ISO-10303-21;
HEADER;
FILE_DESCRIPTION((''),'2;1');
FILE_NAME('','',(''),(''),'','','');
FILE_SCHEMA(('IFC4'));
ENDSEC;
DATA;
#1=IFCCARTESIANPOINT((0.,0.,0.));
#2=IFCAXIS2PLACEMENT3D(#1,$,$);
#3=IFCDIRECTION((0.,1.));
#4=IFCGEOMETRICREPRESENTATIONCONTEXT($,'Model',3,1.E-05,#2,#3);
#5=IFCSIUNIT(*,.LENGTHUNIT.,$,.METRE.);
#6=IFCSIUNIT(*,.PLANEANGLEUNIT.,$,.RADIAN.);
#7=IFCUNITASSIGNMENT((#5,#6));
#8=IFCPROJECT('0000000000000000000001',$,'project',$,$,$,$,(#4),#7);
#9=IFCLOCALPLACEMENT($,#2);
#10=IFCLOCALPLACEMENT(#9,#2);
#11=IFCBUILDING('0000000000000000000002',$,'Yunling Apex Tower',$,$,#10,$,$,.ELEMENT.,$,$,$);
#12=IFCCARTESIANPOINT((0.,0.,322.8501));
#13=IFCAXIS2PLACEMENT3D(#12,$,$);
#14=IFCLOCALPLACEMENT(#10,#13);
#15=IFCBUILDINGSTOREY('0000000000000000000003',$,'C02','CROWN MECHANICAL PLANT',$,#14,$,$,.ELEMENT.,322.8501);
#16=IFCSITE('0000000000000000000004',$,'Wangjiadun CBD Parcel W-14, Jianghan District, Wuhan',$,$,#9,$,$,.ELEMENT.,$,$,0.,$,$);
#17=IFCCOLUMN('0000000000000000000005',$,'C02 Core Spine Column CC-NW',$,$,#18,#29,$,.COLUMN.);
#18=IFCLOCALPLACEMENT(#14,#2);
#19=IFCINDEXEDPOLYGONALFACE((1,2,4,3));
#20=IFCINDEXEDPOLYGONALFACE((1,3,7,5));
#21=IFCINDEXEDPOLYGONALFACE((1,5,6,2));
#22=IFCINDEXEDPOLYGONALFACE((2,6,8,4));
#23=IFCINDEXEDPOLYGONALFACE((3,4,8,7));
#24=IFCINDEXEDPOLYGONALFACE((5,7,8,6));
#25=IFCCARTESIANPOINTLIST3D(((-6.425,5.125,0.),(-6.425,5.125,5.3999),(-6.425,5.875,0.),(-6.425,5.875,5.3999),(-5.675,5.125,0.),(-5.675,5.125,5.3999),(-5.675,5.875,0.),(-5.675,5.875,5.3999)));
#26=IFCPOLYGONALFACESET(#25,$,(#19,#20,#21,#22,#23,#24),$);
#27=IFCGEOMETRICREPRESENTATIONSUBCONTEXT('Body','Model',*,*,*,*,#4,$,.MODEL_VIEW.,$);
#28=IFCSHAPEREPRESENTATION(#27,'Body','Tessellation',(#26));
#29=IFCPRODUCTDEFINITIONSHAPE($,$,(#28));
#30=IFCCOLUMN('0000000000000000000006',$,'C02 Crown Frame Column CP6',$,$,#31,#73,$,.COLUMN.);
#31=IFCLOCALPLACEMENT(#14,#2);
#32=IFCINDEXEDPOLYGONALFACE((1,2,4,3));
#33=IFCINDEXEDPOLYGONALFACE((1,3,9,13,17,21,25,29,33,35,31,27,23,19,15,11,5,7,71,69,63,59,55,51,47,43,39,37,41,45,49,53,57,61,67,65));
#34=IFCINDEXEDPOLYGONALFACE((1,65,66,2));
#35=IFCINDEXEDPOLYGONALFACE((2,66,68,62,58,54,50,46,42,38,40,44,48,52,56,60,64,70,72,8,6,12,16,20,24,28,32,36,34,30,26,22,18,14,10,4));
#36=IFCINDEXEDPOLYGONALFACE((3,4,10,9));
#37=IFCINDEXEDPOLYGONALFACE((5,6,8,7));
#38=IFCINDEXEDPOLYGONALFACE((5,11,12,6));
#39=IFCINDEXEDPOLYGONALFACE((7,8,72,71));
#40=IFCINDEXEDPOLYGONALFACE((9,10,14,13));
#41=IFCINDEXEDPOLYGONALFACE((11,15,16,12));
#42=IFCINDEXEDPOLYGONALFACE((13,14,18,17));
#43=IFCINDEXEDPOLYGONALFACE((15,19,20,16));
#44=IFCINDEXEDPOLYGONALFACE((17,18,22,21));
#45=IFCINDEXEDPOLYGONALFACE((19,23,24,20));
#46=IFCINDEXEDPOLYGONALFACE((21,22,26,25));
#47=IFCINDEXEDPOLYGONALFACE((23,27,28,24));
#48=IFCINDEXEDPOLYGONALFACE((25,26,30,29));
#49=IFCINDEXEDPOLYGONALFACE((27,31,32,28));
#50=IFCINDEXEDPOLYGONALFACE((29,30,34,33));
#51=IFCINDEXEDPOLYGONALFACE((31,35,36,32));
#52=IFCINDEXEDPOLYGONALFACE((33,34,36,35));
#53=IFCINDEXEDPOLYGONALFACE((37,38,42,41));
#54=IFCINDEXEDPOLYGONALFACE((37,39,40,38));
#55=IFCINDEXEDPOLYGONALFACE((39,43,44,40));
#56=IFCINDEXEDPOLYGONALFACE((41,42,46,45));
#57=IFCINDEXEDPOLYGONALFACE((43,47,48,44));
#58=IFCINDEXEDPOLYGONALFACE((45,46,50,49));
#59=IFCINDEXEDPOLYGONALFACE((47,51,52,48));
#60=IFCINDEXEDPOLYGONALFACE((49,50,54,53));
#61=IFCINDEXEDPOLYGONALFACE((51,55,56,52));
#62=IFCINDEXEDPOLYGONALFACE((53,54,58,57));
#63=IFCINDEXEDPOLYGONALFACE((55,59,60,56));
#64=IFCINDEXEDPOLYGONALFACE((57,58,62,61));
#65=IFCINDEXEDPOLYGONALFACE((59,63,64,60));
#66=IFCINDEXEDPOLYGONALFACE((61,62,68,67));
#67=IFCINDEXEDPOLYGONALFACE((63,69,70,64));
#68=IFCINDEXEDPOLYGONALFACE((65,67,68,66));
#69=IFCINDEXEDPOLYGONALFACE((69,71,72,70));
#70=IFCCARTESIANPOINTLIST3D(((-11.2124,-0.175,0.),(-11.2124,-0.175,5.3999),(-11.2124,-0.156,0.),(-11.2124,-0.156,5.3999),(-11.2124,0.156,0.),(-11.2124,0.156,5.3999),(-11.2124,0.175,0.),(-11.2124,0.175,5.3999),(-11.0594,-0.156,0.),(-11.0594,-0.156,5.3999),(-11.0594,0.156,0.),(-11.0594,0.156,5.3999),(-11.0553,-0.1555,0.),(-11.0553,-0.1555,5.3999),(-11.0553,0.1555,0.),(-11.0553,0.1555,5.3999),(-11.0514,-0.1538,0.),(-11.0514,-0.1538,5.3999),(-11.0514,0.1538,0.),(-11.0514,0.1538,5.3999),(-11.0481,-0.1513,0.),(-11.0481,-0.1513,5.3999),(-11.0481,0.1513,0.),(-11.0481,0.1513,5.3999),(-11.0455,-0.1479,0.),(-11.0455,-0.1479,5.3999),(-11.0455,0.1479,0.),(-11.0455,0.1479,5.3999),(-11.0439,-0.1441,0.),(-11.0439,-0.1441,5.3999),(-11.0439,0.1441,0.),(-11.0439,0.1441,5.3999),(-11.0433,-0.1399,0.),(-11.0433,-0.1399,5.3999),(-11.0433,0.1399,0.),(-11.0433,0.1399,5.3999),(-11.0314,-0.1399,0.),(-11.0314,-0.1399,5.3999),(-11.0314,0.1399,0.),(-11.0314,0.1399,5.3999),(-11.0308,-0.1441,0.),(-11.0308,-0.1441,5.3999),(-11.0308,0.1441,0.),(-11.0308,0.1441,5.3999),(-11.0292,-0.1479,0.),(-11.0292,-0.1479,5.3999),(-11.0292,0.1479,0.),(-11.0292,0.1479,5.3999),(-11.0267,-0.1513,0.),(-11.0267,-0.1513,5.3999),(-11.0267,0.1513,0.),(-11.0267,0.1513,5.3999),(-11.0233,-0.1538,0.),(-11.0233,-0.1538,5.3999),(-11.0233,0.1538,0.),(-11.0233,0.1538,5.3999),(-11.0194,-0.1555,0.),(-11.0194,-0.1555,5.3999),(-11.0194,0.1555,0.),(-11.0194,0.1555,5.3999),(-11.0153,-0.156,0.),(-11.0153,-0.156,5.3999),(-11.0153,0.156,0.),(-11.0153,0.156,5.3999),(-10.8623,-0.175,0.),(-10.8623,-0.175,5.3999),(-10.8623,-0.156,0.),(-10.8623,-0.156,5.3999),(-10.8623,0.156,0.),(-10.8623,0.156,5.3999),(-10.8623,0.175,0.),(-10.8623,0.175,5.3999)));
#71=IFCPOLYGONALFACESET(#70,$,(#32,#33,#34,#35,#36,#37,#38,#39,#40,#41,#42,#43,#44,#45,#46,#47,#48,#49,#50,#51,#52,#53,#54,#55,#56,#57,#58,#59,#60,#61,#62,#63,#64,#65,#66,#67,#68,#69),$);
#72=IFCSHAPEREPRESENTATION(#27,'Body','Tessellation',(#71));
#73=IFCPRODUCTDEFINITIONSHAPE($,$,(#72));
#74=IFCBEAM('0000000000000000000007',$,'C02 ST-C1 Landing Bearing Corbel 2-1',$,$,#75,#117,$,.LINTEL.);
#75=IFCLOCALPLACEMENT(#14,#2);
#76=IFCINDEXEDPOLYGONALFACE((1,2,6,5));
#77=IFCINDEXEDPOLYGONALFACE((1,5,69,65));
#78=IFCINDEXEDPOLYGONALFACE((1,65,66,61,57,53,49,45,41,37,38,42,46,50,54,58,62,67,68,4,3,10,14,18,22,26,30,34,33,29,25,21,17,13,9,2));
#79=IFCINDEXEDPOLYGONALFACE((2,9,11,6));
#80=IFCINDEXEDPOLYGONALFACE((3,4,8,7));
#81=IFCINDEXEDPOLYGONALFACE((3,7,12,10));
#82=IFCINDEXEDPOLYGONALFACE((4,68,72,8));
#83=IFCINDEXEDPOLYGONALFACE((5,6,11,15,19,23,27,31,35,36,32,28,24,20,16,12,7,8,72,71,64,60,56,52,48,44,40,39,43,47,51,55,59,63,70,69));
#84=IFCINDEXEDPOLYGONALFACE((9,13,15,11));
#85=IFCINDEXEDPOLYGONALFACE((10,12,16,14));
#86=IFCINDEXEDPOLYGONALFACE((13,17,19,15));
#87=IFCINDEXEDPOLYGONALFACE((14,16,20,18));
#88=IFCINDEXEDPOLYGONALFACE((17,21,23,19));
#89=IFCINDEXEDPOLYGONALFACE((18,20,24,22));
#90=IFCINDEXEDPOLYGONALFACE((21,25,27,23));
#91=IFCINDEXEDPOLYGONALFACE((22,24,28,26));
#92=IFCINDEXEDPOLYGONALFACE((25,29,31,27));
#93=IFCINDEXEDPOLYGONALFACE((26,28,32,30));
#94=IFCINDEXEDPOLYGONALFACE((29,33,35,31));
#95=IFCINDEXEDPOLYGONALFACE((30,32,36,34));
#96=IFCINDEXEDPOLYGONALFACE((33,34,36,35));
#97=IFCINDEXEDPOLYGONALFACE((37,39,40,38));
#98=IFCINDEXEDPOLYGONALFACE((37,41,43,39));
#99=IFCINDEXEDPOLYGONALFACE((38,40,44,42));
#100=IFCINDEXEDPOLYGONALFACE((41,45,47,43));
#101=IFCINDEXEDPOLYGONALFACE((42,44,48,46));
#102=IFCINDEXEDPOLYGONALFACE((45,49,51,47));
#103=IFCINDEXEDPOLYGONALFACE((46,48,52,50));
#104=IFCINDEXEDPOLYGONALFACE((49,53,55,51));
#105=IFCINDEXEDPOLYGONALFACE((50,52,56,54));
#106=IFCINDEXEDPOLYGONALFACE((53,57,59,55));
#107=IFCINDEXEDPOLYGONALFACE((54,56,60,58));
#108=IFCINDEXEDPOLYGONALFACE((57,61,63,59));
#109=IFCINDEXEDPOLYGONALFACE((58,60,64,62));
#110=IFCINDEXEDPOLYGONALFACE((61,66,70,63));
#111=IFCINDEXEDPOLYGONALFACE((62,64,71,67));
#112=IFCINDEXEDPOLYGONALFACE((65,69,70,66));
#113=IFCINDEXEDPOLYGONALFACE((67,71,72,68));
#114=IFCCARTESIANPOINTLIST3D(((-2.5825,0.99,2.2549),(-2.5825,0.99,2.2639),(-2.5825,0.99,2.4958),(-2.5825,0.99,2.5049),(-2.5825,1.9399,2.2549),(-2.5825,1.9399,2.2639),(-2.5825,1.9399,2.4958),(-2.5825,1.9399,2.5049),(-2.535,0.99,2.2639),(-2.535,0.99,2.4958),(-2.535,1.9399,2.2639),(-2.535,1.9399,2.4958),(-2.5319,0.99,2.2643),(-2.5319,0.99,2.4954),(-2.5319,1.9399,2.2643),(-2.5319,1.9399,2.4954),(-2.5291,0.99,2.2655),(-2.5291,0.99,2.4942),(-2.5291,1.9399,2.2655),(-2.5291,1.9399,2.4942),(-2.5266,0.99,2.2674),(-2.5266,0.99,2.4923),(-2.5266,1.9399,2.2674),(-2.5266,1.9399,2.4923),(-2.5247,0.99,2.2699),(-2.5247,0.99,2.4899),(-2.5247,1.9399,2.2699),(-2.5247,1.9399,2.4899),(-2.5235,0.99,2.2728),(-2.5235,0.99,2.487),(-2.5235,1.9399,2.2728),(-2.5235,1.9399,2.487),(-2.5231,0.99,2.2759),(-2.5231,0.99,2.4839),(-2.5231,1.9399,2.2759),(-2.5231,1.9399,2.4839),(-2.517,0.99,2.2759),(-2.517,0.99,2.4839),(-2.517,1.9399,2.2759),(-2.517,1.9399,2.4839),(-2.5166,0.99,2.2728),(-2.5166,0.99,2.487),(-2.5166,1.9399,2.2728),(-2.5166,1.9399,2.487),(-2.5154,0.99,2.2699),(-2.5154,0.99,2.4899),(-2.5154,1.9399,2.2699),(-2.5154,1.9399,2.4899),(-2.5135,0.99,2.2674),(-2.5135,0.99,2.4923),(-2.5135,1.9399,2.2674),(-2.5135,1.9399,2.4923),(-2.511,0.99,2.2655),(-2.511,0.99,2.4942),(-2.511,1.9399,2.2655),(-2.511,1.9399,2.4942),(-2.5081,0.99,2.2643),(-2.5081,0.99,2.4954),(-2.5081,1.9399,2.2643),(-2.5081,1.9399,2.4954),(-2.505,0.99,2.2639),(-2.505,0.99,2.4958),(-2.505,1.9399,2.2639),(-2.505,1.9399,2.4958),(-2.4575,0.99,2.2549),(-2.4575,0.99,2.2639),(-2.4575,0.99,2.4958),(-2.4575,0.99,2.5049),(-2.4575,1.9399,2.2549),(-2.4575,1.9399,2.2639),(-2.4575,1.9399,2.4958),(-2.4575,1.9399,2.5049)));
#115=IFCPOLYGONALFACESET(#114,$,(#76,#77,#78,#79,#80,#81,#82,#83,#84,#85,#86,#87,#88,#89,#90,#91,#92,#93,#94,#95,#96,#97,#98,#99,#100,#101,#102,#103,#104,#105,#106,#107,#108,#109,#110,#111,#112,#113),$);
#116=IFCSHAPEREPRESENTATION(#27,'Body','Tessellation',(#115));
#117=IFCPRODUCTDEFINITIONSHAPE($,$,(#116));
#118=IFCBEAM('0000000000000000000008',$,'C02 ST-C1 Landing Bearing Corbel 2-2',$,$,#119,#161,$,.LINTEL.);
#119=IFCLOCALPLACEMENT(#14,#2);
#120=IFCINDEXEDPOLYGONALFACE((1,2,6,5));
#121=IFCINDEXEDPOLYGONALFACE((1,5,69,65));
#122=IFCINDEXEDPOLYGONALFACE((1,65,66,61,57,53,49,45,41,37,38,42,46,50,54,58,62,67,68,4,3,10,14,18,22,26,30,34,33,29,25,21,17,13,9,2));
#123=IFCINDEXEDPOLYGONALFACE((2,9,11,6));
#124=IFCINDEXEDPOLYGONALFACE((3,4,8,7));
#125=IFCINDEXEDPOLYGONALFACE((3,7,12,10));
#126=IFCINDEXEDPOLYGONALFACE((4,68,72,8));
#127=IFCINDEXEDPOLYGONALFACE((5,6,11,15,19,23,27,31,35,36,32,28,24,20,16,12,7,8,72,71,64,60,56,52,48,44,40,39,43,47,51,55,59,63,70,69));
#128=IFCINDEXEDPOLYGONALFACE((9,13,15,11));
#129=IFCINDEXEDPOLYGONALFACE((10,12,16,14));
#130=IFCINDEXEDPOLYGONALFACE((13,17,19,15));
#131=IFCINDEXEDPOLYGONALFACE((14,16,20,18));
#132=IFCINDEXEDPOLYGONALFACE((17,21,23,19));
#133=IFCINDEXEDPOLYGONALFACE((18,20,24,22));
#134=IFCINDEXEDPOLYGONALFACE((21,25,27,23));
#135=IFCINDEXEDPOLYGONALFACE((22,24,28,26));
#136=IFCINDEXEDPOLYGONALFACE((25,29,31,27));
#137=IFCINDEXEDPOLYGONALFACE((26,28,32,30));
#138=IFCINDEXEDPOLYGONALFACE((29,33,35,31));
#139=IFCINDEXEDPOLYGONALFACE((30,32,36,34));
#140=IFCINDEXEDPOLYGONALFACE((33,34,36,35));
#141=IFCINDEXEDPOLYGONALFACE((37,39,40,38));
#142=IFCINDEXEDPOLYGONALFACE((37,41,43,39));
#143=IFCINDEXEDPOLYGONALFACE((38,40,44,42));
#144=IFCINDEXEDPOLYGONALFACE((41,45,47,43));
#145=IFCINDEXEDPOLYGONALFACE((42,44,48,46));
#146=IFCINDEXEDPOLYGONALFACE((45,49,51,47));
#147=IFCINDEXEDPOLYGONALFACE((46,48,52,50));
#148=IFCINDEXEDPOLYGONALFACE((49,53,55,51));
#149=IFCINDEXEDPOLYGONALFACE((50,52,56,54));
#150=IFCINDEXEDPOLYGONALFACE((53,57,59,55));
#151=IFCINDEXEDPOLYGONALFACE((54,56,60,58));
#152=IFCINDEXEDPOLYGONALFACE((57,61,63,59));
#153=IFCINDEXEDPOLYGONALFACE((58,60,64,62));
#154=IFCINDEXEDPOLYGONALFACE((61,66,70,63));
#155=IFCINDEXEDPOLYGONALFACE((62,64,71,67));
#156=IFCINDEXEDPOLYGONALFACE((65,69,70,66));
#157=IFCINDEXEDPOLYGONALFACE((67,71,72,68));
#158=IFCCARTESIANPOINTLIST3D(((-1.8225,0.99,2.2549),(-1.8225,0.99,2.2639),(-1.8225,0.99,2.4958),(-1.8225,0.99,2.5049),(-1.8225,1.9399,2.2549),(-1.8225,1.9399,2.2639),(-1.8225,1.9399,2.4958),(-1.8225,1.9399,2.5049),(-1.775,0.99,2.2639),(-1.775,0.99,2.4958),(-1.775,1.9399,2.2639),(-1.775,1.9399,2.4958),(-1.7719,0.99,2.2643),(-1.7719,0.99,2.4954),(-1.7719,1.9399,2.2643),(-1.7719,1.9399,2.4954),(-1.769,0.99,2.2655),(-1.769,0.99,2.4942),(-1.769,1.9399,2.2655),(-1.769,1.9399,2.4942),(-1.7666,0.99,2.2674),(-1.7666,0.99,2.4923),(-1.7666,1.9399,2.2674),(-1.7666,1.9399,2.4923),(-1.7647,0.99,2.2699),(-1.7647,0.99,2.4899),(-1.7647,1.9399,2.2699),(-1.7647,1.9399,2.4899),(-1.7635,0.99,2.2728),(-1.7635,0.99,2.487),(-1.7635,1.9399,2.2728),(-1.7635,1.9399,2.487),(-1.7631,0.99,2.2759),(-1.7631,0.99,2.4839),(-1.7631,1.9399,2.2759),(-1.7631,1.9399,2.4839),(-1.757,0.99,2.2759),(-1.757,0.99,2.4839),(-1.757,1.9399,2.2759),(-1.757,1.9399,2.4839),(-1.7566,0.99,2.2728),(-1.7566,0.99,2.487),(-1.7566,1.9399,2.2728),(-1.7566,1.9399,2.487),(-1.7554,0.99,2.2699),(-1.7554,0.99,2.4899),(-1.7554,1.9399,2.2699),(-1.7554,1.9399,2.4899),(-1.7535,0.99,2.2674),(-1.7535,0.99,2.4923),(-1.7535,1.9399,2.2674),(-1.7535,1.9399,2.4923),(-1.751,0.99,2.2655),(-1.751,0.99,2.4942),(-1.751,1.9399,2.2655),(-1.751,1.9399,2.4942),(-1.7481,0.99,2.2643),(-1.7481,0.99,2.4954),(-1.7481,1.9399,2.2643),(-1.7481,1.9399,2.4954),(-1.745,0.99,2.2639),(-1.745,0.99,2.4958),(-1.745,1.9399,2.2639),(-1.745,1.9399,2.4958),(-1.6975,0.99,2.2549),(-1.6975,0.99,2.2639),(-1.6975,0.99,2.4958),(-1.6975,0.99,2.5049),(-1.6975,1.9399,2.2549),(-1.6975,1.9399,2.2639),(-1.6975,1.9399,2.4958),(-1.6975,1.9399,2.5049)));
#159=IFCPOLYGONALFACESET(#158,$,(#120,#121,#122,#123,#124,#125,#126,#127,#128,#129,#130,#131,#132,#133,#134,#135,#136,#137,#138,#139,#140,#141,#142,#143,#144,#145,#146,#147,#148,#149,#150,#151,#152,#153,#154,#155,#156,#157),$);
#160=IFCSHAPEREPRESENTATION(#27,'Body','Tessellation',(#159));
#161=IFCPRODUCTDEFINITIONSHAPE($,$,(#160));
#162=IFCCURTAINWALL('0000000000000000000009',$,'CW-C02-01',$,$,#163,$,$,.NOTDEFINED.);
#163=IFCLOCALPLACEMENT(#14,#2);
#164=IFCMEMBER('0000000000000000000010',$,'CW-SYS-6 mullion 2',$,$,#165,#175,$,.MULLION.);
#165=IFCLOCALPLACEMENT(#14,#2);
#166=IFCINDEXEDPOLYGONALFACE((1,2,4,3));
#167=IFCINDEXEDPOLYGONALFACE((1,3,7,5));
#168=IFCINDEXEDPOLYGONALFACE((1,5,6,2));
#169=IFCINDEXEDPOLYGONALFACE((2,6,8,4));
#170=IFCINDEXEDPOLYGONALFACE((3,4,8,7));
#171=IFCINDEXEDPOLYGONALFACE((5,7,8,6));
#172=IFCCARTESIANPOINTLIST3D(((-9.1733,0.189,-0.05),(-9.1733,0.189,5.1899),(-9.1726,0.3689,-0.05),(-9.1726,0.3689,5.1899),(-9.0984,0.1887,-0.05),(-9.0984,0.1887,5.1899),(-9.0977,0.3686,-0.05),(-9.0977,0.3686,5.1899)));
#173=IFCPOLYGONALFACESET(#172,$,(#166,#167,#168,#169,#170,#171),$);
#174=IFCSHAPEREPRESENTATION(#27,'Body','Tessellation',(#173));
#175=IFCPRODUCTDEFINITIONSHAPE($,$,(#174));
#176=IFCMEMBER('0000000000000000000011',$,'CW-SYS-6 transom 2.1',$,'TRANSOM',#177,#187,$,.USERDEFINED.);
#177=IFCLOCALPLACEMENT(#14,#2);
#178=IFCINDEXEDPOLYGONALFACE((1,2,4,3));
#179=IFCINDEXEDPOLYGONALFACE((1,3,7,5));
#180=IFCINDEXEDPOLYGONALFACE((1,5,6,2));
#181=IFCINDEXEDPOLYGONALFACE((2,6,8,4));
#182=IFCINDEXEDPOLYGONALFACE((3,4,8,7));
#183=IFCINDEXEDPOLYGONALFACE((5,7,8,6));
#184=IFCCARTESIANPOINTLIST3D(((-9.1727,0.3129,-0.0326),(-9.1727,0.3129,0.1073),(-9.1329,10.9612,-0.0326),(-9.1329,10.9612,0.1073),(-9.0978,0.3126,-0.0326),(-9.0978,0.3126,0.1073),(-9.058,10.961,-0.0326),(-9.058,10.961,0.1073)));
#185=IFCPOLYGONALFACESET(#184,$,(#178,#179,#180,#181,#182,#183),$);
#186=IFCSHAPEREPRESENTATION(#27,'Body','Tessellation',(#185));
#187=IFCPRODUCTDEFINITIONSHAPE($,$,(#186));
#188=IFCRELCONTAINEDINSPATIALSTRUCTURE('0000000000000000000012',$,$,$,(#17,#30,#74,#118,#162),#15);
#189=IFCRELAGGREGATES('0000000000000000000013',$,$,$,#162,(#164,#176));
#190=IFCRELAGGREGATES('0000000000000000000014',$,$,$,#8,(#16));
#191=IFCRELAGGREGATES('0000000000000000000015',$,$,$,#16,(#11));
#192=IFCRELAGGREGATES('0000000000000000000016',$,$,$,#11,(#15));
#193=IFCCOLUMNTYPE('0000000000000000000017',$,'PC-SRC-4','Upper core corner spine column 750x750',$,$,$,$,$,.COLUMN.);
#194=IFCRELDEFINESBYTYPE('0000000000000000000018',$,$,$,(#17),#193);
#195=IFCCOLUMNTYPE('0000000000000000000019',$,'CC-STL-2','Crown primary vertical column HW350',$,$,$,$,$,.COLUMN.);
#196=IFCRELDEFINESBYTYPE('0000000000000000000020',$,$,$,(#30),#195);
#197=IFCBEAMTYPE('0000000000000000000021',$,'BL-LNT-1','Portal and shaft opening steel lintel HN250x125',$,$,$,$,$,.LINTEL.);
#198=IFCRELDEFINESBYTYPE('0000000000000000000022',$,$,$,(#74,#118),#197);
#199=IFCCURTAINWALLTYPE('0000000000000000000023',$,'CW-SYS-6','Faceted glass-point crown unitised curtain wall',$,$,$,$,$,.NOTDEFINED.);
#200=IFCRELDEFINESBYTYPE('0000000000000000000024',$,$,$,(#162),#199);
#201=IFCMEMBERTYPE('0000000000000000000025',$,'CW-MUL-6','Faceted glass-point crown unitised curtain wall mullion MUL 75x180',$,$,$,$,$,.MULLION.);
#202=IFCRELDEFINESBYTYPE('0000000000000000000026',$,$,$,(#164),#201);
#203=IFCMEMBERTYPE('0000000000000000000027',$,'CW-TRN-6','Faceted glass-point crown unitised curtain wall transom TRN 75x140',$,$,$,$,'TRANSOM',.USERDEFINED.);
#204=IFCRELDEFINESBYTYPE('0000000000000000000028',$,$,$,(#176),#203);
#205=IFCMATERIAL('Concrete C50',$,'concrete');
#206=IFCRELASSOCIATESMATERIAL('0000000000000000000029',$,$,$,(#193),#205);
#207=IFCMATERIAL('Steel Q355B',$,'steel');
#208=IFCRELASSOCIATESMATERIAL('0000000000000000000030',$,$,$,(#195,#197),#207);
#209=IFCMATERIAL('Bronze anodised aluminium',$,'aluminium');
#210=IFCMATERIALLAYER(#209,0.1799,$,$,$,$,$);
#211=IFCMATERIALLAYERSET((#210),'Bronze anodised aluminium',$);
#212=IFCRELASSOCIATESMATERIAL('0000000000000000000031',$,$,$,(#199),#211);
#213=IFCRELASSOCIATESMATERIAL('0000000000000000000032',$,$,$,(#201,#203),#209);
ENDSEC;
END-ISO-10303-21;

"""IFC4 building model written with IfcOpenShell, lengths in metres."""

from ifc_helpers import new_model, si_unit, direction, frame, origin, origin_2d, place, context, subcontext, project, spatial, rectangle, i_section, extrude, source, transform, mapped, material, layer, layer_set, material_profile, profile_set, type_object, element, aggregate, save


model = new_model("IFC4")

# Units and contexts
model_context = context("Model", 3, precision=1e-05, world=origin(), true_north=direction((0.0, 1.0)))
body_context = subcontext(model_context, "Body", "Model", "MODEL_VIEW")
ifc_project = project(units=[si_unit("LENGTHUNIT", "METRE"), si_unit("PLANEANGLEUNIT", "RADIAN")], contexts=[model_context])

# Site, building, storey
site_placement = place(None, origin())
site = spatial("IfcSite", under=ifc_project, at=site_placement, Name="Wangjiadun CBD Parcel W-14, Jianghan District, Wuhan", CompositionType="ELEMENT", RefElevation=0.0)
building_placement = place(site_placement, origin())
building = spatial("IfcBuilding", under=site, at=building_placement, Name="Yunling Apex Tower", CompositionType="ELEMENT")
storey_placement = place(building_placement, frame((0.0, 0.0, 322.8501)))
storey = spatial("IfcBuildingStorey", under=building, at=storey_placement, Name="C02", Description="CROWN MECHANICAL PLANT", CompositionType="ELEMENT", Elevation=322.8501)

# Columns
ifc_material_1 = material(Name="Concrete C50", Category="concrete")
ifc_material_profile_1 = material_profile(ifc_material_1, rectangle(XDim=0.75, YDim=0.75, at=origin_2d()))
ifc_profile_set_1 = profile_set([ifc_material_profile_1], Name="Concrete C50")
column_type_1 = type_object("IfcColumnType", Name="PC-SRC-4", Description="Upper core corner spine column 750x750", PredefinedType="COLUMN", material=ifc_profile_set_1)
shared_shape_1 = source(origin(), body_context, "Body", "SweptSolid", [
    extrude(rectangle(XDim=0.75, YDim=0.75, at=origin_2d()), origin(), (0.0, 0.0, 1.0), 5.3999),
])
column_1_placement = place(storey_placement, frame((-6.05, 5.5, 0.0), z_axis=(0.0, 0.0, 1.0), x_axis=(1.0, 0.0, 0.0)))
element("IfcColumn", 1, at=column_1_placement, inside=storey, type_object=column_type_1, Name="C02 Core Spine Column CC-NW", PredefinedType="COLUMN", context=body_context, shape_type="MappedRepresentation", body=[
    mapped(shared_shape_1, transform((0.0, 0.0, 0.0), scale=1.0)),
])
ifc_material_2 = material(Name="Steel Q355B", Category="steel")
ifc_material_profile_2 = material_profile(ifc_material_2, i_section(OverallWidth=0.3501, OverallDepth=0.3501, WebThickness=0.012, FlangeThickness=0.019, FilletRadius=0.0161, at=origin_2d()))
ifc_profile_set_2 = profile_set([ifc_material_profile_2], Name="Steel Q355B")
column_type_2 = type_object("IfcColumnType", Name="CC-STL-2", Description="Crown primary vertical column HW350", PredefinedType="COLUMN", material=ifc_profile_set_2)
shared_shape_2 = source(origin(), body_context, "Body", "SweptSolid", [
    extrude(i_section(OverallWidth=0.3501, OverallDepth=0.3501, WebThickness=0.012, FlangeThickness=0.019, FilletRadius=0.0161, at=origin_2d()), origin(), (0.0, 0.0, 1.0), 5.3999),
])
column_2_placement = place(storey_placement, frame((-11.0374, 0.0, 0.0), z_axis=(0.0, 0.0, 1.0), x_axis=(1.0, 0.0, 0.0)))
element("IfcColumn", 2, at=column_2_placement, inside=storey, type_object=column_type_2, Name="C02 Crown Frame Column CP6", PredefinedType="COLUMN", context=body_context, shape_type="MappedRepresentation", body=[
    mapped(shared_shape_2, transform((0.0, 0.0, 0.0), scale=1.0)),
])

# Beams
ifc_material_profile_3 = material_profile(ifc_material_2, i_section(OverallWidth=0.125, OverallDepth=0.25, WebThickness=0.0061, FlangeThickness=0.009, FilletRadius=0.012, at=origin_2d()))
ifc_profile_set_3 = profile_set([ifc_material_profile_3], Name="Steel Q355B")
beam_type = type_object("IfcBeamType", Name="BL-LNT-1", Description="Portal and shaft opening steel lintel HN250x125", PredefinedType="LINTEL", material=ifc_profile_set_3)
shared_shape_3 = source(origin(), body_context, "Body", "SweptSolid", [
    extrude(i_section(OverallWidth=0.125, OverallDepth=0.25, WebThickness=0.0061, FlangeThickness=0.009, FilletRadius=0.012, at=origin_2d()), origin(), (0.0, 0.0, 1.0), 0.95),
])
for number, where, z_axis, x_axis, name in (
    (3, (-2.52, 1.9399, 2.3799), (0.0, -1.0, 0.0), (1.0, 0.0, 0.0), "C02 ST-C1 Landing Bearing Corbel 2-1"),
    (4, (-1.76, 1.9399, 2.3799), (0.0, -1.0, 0.0), (1.0, 0.0, 0.0), "C02 ST-C1 Landing Bearing Corbel 2-2"),
):
    element("IfcBeam", number, at=place(storey_placement, frame(where, z_axis=z_axis, x_axis=x_axis)), inside=storey, type_object=beam_type, Name=name, PredefinedType="LINTEL", context=body_context, shape_type="MappedRepresentation", body=[
        mapped(shared_shape_3, transform((0.0, 0.0, 0.0), scale=1.0)),
    ])

# Curtain wall, members
ifc_material_3 = material(Name="Bronze anodised aluminium", Category="aluminium")
ifc_layer_1 = layer(ifc_material_3, 0.1799)
ifc_layer_set_1 = layer_set([ifc_layer_1], Name="Bronze anodised aluminium")
curtain_wall_type = type_object("IfcCurtainWallType", Name="CW-SYS-6", Description="Faceted glass-point crown unitised curtain wall", PredefinedType="NOTDEFINED", material=ifc_layer_set_1)
curtain_wall_placement = place(storey_placement, origin())
curtain_wall = element("IfcCurtainWall", 5, at=curtain_wall_placement, inside=storey, type_object=curtain_wall_type, Name="CW-C02-01", PredefinedType="NOTDEFINED")
ifc_material_profile_4 = material_profile(ifc_material_3, rectangle(XDim=0.075, YDim=0.1799, at=origin_2d()))
ifc_profile_set_4 = profile_set([ifc_material_profile_4], Name="Bronze anodised aluminium")
member_type_1 = type_object("IfcMemberType", Name="CW-MUL-6", Description="Faceted glass-point crown unitised curtain wall mullion MUL 75x180", PredefinedType="MULLION", material=ifc_profile_set_4)
shared_shape_4 = source(origin(), body_context, "Body", "SweptSolid", [
    extrude(rectangle(XDim=0.075, YDim=0.1799, at=origin_2d()), origin(), (0.0, 0.0, 1.0), 5.24),
])
member_1_placement = place(storey_placement, frame((-9.1355, 0.2788, -0.05), z_axis=(0.0, 0.0, 1.0), x_axis=(-0.999993, 0.003748, 0.0)))
member_1 = element("IfcMember", 6, at=member_1_placement, type_object=member_type_1, Name="CW-SYS-6 mullion 2", PredefinedType="MULLION", context=body_context, shape_type="MappedRepresentation", body=[
    mapped(shared_shape_4, transform((0.0, 0.0, 0.0), scale=1.0)),
])
ifc_material_profile_5 = material_profile(ifc_material_3, rectangle(XDim=0.075, YDim=0.1399, at=origin_2d()))
ifc_profile_set_5 = profile_set([ifc_material_profile_5], Name="Bronze anodised aluminium")
member_type_2 = type_object("IfcMemberType", Name="CW-TRN-6", Description="Faceted glass-point crown unitised curtain wall transom TRN 75x140", ElementType="TRANSOM", PredefinedType="USERDEFINED", material=ifc_profile_set_5)
shared_shape_5 = source(origin(), body_context, "Body", "SweptSolid", [
    extrude(rectangle(XDim=0.075, YDim=0.1399, at=origin_2d()), origin(), (0.0, 0.0, 1.0), 10.6484),
])
member_2_placement = place(storey_placement, frame((-9.1353, 0.3127, 0.0374), z_axis=(0.003737, 0.999993, 0.0), x_axis=(-0.999993, 0.003737, 0.0)))
member_2 = element("IfcMember", 7, at=member_2_placement, type_object=member_type_2, Name="CW-SYS-6 transom 2.1", ObjectType="TRANSOM", PredefinedType="USERDEFINED", context=body_context, shape_type="MappedRepresentation", body=[
    mapped(shared_shape_5, transform((0.0, 0.0, 0.0), scale=1.0)),
])
aggregate(curtain_wall, [member_1, member_2])

save(model, "model.ifc")
